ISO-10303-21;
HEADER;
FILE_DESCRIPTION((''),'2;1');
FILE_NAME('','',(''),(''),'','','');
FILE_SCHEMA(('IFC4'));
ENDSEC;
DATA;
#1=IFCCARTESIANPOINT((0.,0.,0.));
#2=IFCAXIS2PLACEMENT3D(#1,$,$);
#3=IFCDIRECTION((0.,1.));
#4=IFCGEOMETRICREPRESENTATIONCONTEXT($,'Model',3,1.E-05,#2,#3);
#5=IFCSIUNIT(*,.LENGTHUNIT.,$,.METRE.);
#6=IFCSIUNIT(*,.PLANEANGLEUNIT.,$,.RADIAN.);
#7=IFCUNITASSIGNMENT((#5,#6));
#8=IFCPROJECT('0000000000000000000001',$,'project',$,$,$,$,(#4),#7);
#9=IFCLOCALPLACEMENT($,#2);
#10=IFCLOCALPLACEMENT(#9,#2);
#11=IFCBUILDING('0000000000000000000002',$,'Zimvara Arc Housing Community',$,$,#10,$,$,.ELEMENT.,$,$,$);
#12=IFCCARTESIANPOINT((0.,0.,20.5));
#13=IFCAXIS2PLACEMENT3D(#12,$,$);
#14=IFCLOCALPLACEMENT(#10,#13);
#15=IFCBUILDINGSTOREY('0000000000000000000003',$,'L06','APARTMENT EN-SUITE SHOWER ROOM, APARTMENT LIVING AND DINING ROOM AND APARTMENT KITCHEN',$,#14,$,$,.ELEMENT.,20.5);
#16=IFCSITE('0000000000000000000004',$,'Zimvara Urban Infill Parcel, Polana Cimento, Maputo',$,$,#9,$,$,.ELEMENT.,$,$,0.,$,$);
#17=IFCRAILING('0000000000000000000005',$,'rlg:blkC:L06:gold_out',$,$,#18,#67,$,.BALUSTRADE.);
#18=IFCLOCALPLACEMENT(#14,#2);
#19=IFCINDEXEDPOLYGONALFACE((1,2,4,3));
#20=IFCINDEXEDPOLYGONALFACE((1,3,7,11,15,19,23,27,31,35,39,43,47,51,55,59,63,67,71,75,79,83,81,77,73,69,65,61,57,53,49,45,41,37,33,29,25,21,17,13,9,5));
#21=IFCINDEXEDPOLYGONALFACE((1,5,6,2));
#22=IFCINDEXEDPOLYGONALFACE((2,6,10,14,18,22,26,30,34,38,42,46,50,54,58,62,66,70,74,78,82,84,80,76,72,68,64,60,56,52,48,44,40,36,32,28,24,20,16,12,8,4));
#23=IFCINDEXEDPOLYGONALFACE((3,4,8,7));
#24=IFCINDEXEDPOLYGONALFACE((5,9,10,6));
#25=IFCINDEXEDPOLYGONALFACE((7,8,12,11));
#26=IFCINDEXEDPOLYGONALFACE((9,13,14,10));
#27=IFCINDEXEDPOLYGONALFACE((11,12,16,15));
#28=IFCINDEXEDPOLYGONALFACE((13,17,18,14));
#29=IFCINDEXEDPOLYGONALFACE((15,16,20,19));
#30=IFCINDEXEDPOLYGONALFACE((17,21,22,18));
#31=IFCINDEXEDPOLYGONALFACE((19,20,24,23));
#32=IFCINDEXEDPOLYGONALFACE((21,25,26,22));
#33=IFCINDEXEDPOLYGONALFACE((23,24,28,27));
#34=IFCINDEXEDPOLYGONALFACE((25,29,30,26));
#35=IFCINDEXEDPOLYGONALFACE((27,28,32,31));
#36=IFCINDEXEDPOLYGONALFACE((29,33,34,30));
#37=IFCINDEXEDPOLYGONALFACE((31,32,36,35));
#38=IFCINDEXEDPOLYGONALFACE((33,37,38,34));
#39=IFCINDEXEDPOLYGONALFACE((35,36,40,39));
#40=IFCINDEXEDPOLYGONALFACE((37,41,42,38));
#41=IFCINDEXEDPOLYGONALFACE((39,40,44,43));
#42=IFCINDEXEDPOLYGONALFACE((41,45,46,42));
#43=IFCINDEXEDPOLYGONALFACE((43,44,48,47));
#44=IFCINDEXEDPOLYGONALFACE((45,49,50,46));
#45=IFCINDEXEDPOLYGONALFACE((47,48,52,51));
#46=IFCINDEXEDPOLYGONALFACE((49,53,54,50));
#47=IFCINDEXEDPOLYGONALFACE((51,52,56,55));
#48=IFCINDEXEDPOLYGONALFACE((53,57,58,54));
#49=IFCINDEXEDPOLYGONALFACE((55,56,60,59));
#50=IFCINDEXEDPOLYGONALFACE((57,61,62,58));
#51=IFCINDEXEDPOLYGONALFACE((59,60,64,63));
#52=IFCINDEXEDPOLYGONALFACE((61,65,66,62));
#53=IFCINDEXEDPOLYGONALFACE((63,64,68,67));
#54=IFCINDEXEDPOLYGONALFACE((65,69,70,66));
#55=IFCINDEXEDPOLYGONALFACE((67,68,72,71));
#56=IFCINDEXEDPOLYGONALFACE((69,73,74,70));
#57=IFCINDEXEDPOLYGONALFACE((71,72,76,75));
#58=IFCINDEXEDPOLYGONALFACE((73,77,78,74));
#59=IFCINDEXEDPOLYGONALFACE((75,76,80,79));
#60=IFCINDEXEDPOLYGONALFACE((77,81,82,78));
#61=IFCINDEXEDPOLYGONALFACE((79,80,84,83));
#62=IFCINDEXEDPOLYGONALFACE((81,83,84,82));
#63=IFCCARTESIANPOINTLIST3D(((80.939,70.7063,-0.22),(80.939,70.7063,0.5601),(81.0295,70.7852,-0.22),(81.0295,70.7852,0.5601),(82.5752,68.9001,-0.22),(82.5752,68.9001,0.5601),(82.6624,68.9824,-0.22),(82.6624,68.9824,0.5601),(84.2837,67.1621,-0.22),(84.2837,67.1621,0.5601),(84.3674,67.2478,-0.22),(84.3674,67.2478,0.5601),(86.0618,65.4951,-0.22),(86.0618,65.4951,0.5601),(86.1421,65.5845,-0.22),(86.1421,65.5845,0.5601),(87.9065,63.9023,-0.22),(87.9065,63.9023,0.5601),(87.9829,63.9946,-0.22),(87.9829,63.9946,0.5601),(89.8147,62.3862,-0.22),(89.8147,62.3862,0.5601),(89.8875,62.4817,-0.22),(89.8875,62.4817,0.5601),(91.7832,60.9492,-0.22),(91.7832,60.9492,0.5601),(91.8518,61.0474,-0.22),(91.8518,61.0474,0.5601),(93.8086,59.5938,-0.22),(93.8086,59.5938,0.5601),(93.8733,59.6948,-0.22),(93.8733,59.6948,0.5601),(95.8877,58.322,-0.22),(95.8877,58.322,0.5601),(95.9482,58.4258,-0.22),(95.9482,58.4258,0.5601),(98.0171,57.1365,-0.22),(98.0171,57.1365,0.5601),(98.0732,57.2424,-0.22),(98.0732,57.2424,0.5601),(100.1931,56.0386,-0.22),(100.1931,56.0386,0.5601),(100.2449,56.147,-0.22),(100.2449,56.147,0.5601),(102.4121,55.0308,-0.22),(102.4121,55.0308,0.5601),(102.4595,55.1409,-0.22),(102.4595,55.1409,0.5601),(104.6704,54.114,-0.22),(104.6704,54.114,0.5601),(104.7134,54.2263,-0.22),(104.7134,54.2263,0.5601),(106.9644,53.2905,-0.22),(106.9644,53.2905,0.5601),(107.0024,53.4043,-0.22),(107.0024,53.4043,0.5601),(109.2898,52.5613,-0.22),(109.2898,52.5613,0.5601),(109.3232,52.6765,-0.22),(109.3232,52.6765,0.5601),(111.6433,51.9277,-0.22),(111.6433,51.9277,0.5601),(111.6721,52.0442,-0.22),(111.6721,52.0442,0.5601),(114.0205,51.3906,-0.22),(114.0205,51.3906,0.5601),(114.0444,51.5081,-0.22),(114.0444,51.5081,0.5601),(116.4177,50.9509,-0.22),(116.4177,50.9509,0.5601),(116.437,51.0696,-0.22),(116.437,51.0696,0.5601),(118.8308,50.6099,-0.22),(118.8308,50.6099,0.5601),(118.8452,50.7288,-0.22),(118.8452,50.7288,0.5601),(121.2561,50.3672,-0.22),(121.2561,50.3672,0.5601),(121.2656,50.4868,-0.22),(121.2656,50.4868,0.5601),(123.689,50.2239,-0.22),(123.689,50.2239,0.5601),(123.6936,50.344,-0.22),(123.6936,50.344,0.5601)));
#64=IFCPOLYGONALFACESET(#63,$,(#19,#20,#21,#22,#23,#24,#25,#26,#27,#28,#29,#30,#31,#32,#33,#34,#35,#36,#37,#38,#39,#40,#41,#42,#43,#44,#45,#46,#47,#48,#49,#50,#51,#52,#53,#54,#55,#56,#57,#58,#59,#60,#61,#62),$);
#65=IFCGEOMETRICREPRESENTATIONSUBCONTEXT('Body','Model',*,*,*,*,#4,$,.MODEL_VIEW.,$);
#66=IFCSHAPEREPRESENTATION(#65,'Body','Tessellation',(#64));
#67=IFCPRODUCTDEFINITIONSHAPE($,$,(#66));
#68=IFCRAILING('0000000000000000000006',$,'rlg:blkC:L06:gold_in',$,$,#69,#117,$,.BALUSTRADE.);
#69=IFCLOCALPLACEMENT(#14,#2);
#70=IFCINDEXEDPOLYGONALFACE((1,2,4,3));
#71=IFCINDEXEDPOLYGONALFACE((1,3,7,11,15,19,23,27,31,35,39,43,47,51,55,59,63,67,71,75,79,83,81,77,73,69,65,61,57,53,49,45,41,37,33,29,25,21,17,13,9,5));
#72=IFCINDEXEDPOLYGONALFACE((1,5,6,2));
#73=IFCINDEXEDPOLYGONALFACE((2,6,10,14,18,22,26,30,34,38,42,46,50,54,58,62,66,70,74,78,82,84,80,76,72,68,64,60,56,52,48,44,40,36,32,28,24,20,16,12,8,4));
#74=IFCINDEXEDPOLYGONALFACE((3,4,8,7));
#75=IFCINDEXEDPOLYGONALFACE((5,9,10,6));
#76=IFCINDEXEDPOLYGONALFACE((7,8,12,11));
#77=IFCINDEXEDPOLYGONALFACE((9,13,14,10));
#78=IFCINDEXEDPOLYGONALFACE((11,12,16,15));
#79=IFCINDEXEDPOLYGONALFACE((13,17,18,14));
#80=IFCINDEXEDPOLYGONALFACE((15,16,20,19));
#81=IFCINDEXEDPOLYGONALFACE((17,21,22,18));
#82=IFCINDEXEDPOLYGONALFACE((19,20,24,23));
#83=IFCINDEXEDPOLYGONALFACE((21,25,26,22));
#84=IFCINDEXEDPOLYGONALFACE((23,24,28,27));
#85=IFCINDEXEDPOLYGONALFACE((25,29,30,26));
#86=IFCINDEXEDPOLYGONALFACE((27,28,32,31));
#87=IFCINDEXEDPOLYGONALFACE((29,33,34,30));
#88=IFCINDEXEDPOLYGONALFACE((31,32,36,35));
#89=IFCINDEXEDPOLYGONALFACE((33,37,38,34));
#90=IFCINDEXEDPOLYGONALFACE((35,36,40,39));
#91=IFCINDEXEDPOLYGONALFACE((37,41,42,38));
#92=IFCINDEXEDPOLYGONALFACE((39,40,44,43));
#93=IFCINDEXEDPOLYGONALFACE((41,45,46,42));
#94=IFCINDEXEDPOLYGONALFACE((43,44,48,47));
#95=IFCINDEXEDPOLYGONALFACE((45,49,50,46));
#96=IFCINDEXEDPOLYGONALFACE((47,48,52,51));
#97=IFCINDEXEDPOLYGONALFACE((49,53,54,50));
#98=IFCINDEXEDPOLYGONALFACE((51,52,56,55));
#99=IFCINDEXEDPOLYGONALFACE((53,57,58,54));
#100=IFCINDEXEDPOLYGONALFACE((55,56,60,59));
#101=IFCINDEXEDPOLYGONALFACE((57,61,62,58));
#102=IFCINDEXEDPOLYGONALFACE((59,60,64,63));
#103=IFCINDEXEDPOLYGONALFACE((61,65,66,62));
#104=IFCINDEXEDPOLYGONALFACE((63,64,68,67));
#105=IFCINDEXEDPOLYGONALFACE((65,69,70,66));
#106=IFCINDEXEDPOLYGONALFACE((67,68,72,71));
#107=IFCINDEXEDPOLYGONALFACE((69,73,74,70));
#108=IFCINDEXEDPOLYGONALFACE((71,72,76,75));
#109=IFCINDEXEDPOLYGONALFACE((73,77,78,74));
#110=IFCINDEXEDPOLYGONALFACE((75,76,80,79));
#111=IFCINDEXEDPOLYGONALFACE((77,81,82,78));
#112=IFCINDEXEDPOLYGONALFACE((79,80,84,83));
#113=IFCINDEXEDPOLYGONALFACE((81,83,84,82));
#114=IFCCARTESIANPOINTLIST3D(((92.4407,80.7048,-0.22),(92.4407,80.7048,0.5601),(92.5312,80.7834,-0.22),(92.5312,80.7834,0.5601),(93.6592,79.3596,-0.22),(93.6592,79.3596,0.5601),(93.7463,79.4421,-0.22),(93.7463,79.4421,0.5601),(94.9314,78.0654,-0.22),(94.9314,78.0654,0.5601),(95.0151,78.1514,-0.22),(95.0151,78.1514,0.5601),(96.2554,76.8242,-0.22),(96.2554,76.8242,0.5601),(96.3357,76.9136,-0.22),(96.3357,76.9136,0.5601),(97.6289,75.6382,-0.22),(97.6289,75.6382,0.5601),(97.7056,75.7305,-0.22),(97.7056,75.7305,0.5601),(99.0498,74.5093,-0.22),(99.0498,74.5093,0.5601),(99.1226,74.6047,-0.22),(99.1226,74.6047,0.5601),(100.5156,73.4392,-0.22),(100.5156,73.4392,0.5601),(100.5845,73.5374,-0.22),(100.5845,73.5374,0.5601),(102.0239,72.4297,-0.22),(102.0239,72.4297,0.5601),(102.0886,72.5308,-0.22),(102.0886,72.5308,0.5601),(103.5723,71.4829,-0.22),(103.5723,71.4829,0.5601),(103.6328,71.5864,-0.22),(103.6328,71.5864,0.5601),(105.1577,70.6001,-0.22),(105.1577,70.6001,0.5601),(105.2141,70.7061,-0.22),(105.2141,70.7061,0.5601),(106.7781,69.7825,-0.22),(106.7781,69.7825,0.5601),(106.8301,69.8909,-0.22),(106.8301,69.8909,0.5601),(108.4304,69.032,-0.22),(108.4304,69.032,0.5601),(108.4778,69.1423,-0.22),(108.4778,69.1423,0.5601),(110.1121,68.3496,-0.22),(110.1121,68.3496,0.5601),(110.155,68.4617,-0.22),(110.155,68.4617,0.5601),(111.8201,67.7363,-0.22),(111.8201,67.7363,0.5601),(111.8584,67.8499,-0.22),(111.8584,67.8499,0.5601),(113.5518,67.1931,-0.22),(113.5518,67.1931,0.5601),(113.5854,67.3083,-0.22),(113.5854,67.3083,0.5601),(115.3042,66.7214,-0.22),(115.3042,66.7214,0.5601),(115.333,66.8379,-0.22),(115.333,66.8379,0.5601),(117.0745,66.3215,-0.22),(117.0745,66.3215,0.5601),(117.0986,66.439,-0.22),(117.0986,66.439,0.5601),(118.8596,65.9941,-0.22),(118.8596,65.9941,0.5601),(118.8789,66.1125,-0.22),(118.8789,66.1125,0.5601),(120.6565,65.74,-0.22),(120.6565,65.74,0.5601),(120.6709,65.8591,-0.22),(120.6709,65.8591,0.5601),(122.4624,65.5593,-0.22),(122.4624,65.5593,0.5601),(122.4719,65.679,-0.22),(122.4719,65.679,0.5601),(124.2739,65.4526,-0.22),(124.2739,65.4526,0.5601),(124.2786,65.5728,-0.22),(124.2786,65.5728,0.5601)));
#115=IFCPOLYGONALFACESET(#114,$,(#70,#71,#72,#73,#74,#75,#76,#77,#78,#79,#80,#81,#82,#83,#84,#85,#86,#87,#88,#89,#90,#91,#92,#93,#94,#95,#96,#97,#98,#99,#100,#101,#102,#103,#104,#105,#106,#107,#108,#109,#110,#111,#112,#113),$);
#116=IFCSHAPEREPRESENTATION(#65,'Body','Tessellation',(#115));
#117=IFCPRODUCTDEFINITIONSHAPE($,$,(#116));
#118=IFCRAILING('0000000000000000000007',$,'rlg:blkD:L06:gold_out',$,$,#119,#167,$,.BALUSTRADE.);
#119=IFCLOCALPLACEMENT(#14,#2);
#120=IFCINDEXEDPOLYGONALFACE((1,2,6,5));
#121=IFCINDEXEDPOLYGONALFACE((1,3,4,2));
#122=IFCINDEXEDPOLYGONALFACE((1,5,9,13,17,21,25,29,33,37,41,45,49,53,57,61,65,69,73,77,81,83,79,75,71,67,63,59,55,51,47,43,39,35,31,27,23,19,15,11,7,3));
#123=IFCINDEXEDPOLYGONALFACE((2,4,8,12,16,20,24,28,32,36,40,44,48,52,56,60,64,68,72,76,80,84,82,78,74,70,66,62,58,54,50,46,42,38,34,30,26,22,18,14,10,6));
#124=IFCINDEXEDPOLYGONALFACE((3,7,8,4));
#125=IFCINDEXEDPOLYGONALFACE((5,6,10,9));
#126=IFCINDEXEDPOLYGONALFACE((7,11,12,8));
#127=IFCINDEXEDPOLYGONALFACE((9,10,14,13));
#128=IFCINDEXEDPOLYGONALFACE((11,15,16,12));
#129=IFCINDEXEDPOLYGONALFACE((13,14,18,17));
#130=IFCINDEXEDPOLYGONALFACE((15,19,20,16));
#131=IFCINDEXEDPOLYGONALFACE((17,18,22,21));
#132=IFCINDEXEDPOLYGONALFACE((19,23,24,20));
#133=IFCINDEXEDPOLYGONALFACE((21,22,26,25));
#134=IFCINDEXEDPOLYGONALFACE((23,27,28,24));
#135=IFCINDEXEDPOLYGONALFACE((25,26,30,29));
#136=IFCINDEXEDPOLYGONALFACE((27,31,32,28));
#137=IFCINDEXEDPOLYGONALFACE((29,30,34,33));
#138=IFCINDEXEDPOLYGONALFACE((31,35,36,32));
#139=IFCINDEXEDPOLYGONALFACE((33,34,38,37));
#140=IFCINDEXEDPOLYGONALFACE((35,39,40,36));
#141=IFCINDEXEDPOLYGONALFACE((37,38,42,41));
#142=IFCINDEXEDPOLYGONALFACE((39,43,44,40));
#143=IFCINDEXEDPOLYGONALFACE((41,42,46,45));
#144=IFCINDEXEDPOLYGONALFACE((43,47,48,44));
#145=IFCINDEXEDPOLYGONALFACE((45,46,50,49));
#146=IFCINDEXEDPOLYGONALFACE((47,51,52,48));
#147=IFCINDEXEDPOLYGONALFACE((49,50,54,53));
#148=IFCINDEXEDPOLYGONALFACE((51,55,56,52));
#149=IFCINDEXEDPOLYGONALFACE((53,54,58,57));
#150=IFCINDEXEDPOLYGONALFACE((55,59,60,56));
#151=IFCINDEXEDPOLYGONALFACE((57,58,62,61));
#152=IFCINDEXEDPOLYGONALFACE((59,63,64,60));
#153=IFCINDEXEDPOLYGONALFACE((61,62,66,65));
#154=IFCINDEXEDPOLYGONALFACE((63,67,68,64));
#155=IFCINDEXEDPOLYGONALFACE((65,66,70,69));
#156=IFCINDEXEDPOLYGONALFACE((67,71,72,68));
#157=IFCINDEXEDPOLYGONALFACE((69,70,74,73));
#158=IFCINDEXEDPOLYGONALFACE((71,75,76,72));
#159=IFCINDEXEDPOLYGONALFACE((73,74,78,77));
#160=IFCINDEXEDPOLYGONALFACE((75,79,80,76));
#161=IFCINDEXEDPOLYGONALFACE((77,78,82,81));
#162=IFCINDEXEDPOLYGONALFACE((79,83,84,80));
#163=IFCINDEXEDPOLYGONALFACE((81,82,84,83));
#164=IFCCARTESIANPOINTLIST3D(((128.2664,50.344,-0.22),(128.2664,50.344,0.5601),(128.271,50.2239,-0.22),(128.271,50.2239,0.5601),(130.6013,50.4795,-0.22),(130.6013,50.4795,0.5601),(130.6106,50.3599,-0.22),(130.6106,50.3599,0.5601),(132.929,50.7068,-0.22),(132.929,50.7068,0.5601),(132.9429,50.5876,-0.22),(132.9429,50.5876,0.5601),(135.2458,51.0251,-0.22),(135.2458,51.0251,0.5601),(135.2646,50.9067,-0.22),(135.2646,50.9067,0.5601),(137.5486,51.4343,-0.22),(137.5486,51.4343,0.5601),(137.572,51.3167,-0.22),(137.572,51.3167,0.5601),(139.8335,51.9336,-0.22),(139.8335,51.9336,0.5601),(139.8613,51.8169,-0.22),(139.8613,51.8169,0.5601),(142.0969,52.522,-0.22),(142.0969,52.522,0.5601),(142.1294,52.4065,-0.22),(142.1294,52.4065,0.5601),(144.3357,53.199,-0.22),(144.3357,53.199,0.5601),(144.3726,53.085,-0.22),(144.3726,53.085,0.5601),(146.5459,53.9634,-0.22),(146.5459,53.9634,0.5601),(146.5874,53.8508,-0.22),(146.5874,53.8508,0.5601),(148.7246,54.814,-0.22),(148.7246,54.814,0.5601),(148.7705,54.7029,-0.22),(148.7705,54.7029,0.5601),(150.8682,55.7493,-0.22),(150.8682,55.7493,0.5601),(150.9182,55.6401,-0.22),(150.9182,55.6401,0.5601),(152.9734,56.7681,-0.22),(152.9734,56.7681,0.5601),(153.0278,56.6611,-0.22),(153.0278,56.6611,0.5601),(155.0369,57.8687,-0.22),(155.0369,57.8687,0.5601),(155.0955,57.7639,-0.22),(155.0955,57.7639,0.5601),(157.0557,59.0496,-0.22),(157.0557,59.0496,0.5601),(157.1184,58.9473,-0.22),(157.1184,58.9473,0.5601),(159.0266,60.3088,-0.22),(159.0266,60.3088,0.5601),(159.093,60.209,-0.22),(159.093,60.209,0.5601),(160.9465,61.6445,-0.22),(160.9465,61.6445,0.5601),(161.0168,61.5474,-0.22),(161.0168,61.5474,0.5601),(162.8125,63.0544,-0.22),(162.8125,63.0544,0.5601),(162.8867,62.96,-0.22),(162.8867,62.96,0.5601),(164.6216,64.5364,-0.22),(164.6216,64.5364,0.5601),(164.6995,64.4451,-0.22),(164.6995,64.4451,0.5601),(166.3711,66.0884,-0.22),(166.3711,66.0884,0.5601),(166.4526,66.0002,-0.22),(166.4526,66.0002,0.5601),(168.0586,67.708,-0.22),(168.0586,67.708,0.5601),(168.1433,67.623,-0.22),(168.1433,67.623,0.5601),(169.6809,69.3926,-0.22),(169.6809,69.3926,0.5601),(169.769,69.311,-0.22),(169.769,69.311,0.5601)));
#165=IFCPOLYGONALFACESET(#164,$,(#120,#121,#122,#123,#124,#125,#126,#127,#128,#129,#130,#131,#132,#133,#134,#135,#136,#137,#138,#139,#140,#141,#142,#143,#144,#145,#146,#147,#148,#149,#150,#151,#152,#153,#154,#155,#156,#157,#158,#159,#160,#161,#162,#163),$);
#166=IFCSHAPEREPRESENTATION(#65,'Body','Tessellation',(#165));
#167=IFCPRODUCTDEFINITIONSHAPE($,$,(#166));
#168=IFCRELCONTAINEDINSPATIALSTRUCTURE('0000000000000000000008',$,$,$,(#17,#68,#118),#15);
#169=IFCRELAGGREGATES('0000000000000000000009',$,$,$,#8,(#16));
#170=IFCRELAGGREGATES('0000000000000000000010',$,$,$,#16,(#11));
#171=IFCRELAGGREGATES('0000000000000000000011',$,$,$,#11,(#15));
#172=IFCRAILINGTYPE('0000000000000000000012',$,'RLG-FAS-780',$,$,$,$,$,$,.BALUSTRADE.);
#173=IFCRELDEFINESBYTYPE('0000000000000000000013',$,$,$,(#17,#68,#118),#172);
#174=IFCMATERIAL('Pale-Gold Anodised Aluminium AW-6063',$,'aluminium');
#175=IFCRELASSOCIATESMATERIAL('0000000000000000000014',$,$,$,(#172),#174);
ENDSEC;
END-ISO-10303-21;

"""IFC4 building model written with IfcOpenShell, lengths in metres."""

from ifc_helpers import new_model, si_unit, direction, frame, origin, place, context, subcontext, project, spatial, polyline, outline, extrude, material, type_object, element, save


model = new_model("IFC4")

# Units and contexts
model_context = context("Model", 3, precision=1e-05, world=origin(), true_north=direction((0.0, 1.0)))
body_context = subcontext(model_context, "Body", "Model", "MODEL_VIEW")
ifc_project = project(units=[si_unit("LENGTHUNIT", "METRE"), si_unit("PLANEANGLEUNIT", "RADIAN")], contexts=[model_context])

# Site, building, storey
site_placement = place(None, origin())
site = spatial("IfcSite", under=ifc_project, at=site_placement, Name="Zimvara Urban Infill Parcel, Polana Cimento, Maputo", CompositionType="ELEMENT", RefElevation=0.0)
building_placement = place(site_placement, origin())
building = spatial("IfcBuilding", under=site, at=building_placement, Name="Zimvara Arc Housing Community", CompositionType="ELEMENT")
storey_placement = place(building_placement, frame((0.0, 0.0, 20.5)))
storey = spatial("IfcBuildingStorey", under=building, at=storey_placement, Name="L06", Description="APARTMENT EN-SUITE SHOWER ROOM, APARTMENT LIVING AND DINING ROOM AND APARTMENT KITCHEN", CompositionType="ELEMENT", Elevation=20.5)

# Railings
ifc_material_1 = material(Name="Pale-Gold Anodised Aluminium AW-6063", Category="aluminium")
railing_type = type_object("IfcRailingType", Name="RLG-FAS-780", PredefinedType="BALUSTRADE", material=ifc_material_1)
railing_1_placement = place(storey_placement, frame((0.0, 0.0, -0.22)))
element("IfcRailing", 1, at=railing_1_placement, inside=storey, type_object=railing_type, Name="rlg:blkC:L06:gold_out", PredefinedType="BALUSTRADE", context=body_context, shape_type="SweptSolid", body=[
    extrude(outline(polyline([(80.939, 70.7063), (82.5752, 68.9001), (84.2837, 67.1621), (86.0618, 65.4951), (87.9065, 63.9023), (89.8147, 62.3862), (91.7832, 60.9492), (93.8086, 59.5938), (95.8877, 58.322), (98.0171, 57.1365), (100.1931, 56.0386), (102.4121, 55.0308), (104.6704, 54.114), (106.9644, 53.2905), (109.2898, 52.5613), (111.6433, 51.9277), (114.0205, 51.3906), (116.4177, 50.9509), (118.8308, 50.6099), (121.2561, 50.3672), (123.689, 50.2239), (123.6936, 50.344), (121.2656, 50.4868), (118.8452, 50.7288), (116.437, 51.0696), (114.0444, 51.5081), (111.6721, 52.0442), (109.3232, 52.6765), (107.0024, 53.4043), (104.7134, 54.2263), (102.4595, 55.1409), (100.2449, 56.147), (98.0732, 57.2424), (95.9482, 58.4258), (93.8733, 59.6948), (91.8518, 61.0474), (89.8875, 62.4817), (87.9829, 63.9946), (86.1421, 65.5845), (84.3674, 67.2478), (82.6624, 68.9824), (81.0295, 70.7852), (80.939, 70.7063)])), origin(), (0.0, 0.0, 1.0), 0.78),
])
railing_2_placement = place(storey_placement, frame((0.0, 0.0, -0.22)))
element("IfcRailing", 2, at=railing_2_placement, inside=storey, type_object=railing_type, Name="rlg:blkC:L06:gold_in", PredefinedType="BALUSTRADE", context=body_context, shape_type="SweptSolid", body=[
    extrude(outline(polyline([(92.4407, 80.7048), (93.6592, 79.3596), (94.9314, 78.0654), (96.2554, 76.8242), (97.6289, 75.6382), (99.0498, 74.5093), (100.5156, 73.4392), (102.0239, 72.4297), (103.5723, 71.4829), (105.1577, 70.6001), (106.7781, 69.7825), (108.4304, 69.032), (110.1121, 68.3496), (111.8201, 67.7363), (113.5518, 67.1931), (115.3042, 66.7214), (117.0745, 66.3215), (118.8596, 65.9941), (120.6565, 65.74), (122.4624, 65.5593), (124.2739, 65.4526), (124.2786, 65.5728), (122.4719, 65.679), (120.6709, 65.8591), (118.8789, 66.1125), (117.0986, 66.439), (115.333, 66.8379), (113.5854, 67.3083), (111.8584, 67.8499), (110.155, 68.4617), (108.4778, 69.1423), (106.8301, 69.8909), (105.2141, 70.7061), (103.6328, 71.5864), (102.0886, 72.5308), (100.5845, 73.5374), (99.1226, 74.6047), (97.7056, 75.7305), (96.3357, 76.9136), (95.0151, 78.1514), (93.7463, 79.4421), (92.5312, 80.7834), (92.4407, 80.7048)])), origin(), (0.0, 0.0, 1.0), 0.78),
])
railing_3_placement = place(storey_placement, frame((0.0, 0.0, -0.22)))
element("IfcRailing", 3, at=railing_3_placement, inside=storey, type_object=railing_type, Name="rlg:blkD:L06:gold_out", PredefinedType="BALUSTRADE", context=body_context, shape_type="SweptSolid", body=[
    extrude(outline(polyline([(128.271, 50.2239), (130.6106, 50.3599), (132.9429, 50.5876), (135.2646, 50.9067), (137.572, 51.3167), (139.8613, 51.8169), (142.1294, 52.4065), (144.3726, 53.085), (146.5874, 53.8508), (148.7705, 54.7029), (150.9182, 55.6401), (153.0278, 56.6611), (155.0955, 57.7639), (157.1184, 58.9473), (159.093, 60.209), (161.0168, 61.5474), (162.8867, 62.96), (164.6995, 64.4451), (166.4526, 66.0002), (168.1433, 67.623), (169.769, 69.311), (169.6809, 69.3926), (168.0586, 67.708), (166.3711, 66.0884), (164.6216, 64.5364), (162.8125, 63.0544), (160.9465, 61.6445), (159.0266, 60.3088), (157.0557, 59.0496), (155.0369, 57.8687), (152.9734, 56.7681), (150.8682, 55.7493), (148.7246, 54.814), (146.5459, 53.9634), (144.3357, 53.199), (142.0969, 52.522), (139.8335, 51.9336), (137.5486, 51.4343), (135.2458, 51.0251), (132.929, 50.7068), (130.6013, 50.4795), (128.2664, 50.344), (128.271, 50.2239)])), origin(), (0.0, 0.0, 1.0), 0.78),
])

save(model, "model.ifc")
